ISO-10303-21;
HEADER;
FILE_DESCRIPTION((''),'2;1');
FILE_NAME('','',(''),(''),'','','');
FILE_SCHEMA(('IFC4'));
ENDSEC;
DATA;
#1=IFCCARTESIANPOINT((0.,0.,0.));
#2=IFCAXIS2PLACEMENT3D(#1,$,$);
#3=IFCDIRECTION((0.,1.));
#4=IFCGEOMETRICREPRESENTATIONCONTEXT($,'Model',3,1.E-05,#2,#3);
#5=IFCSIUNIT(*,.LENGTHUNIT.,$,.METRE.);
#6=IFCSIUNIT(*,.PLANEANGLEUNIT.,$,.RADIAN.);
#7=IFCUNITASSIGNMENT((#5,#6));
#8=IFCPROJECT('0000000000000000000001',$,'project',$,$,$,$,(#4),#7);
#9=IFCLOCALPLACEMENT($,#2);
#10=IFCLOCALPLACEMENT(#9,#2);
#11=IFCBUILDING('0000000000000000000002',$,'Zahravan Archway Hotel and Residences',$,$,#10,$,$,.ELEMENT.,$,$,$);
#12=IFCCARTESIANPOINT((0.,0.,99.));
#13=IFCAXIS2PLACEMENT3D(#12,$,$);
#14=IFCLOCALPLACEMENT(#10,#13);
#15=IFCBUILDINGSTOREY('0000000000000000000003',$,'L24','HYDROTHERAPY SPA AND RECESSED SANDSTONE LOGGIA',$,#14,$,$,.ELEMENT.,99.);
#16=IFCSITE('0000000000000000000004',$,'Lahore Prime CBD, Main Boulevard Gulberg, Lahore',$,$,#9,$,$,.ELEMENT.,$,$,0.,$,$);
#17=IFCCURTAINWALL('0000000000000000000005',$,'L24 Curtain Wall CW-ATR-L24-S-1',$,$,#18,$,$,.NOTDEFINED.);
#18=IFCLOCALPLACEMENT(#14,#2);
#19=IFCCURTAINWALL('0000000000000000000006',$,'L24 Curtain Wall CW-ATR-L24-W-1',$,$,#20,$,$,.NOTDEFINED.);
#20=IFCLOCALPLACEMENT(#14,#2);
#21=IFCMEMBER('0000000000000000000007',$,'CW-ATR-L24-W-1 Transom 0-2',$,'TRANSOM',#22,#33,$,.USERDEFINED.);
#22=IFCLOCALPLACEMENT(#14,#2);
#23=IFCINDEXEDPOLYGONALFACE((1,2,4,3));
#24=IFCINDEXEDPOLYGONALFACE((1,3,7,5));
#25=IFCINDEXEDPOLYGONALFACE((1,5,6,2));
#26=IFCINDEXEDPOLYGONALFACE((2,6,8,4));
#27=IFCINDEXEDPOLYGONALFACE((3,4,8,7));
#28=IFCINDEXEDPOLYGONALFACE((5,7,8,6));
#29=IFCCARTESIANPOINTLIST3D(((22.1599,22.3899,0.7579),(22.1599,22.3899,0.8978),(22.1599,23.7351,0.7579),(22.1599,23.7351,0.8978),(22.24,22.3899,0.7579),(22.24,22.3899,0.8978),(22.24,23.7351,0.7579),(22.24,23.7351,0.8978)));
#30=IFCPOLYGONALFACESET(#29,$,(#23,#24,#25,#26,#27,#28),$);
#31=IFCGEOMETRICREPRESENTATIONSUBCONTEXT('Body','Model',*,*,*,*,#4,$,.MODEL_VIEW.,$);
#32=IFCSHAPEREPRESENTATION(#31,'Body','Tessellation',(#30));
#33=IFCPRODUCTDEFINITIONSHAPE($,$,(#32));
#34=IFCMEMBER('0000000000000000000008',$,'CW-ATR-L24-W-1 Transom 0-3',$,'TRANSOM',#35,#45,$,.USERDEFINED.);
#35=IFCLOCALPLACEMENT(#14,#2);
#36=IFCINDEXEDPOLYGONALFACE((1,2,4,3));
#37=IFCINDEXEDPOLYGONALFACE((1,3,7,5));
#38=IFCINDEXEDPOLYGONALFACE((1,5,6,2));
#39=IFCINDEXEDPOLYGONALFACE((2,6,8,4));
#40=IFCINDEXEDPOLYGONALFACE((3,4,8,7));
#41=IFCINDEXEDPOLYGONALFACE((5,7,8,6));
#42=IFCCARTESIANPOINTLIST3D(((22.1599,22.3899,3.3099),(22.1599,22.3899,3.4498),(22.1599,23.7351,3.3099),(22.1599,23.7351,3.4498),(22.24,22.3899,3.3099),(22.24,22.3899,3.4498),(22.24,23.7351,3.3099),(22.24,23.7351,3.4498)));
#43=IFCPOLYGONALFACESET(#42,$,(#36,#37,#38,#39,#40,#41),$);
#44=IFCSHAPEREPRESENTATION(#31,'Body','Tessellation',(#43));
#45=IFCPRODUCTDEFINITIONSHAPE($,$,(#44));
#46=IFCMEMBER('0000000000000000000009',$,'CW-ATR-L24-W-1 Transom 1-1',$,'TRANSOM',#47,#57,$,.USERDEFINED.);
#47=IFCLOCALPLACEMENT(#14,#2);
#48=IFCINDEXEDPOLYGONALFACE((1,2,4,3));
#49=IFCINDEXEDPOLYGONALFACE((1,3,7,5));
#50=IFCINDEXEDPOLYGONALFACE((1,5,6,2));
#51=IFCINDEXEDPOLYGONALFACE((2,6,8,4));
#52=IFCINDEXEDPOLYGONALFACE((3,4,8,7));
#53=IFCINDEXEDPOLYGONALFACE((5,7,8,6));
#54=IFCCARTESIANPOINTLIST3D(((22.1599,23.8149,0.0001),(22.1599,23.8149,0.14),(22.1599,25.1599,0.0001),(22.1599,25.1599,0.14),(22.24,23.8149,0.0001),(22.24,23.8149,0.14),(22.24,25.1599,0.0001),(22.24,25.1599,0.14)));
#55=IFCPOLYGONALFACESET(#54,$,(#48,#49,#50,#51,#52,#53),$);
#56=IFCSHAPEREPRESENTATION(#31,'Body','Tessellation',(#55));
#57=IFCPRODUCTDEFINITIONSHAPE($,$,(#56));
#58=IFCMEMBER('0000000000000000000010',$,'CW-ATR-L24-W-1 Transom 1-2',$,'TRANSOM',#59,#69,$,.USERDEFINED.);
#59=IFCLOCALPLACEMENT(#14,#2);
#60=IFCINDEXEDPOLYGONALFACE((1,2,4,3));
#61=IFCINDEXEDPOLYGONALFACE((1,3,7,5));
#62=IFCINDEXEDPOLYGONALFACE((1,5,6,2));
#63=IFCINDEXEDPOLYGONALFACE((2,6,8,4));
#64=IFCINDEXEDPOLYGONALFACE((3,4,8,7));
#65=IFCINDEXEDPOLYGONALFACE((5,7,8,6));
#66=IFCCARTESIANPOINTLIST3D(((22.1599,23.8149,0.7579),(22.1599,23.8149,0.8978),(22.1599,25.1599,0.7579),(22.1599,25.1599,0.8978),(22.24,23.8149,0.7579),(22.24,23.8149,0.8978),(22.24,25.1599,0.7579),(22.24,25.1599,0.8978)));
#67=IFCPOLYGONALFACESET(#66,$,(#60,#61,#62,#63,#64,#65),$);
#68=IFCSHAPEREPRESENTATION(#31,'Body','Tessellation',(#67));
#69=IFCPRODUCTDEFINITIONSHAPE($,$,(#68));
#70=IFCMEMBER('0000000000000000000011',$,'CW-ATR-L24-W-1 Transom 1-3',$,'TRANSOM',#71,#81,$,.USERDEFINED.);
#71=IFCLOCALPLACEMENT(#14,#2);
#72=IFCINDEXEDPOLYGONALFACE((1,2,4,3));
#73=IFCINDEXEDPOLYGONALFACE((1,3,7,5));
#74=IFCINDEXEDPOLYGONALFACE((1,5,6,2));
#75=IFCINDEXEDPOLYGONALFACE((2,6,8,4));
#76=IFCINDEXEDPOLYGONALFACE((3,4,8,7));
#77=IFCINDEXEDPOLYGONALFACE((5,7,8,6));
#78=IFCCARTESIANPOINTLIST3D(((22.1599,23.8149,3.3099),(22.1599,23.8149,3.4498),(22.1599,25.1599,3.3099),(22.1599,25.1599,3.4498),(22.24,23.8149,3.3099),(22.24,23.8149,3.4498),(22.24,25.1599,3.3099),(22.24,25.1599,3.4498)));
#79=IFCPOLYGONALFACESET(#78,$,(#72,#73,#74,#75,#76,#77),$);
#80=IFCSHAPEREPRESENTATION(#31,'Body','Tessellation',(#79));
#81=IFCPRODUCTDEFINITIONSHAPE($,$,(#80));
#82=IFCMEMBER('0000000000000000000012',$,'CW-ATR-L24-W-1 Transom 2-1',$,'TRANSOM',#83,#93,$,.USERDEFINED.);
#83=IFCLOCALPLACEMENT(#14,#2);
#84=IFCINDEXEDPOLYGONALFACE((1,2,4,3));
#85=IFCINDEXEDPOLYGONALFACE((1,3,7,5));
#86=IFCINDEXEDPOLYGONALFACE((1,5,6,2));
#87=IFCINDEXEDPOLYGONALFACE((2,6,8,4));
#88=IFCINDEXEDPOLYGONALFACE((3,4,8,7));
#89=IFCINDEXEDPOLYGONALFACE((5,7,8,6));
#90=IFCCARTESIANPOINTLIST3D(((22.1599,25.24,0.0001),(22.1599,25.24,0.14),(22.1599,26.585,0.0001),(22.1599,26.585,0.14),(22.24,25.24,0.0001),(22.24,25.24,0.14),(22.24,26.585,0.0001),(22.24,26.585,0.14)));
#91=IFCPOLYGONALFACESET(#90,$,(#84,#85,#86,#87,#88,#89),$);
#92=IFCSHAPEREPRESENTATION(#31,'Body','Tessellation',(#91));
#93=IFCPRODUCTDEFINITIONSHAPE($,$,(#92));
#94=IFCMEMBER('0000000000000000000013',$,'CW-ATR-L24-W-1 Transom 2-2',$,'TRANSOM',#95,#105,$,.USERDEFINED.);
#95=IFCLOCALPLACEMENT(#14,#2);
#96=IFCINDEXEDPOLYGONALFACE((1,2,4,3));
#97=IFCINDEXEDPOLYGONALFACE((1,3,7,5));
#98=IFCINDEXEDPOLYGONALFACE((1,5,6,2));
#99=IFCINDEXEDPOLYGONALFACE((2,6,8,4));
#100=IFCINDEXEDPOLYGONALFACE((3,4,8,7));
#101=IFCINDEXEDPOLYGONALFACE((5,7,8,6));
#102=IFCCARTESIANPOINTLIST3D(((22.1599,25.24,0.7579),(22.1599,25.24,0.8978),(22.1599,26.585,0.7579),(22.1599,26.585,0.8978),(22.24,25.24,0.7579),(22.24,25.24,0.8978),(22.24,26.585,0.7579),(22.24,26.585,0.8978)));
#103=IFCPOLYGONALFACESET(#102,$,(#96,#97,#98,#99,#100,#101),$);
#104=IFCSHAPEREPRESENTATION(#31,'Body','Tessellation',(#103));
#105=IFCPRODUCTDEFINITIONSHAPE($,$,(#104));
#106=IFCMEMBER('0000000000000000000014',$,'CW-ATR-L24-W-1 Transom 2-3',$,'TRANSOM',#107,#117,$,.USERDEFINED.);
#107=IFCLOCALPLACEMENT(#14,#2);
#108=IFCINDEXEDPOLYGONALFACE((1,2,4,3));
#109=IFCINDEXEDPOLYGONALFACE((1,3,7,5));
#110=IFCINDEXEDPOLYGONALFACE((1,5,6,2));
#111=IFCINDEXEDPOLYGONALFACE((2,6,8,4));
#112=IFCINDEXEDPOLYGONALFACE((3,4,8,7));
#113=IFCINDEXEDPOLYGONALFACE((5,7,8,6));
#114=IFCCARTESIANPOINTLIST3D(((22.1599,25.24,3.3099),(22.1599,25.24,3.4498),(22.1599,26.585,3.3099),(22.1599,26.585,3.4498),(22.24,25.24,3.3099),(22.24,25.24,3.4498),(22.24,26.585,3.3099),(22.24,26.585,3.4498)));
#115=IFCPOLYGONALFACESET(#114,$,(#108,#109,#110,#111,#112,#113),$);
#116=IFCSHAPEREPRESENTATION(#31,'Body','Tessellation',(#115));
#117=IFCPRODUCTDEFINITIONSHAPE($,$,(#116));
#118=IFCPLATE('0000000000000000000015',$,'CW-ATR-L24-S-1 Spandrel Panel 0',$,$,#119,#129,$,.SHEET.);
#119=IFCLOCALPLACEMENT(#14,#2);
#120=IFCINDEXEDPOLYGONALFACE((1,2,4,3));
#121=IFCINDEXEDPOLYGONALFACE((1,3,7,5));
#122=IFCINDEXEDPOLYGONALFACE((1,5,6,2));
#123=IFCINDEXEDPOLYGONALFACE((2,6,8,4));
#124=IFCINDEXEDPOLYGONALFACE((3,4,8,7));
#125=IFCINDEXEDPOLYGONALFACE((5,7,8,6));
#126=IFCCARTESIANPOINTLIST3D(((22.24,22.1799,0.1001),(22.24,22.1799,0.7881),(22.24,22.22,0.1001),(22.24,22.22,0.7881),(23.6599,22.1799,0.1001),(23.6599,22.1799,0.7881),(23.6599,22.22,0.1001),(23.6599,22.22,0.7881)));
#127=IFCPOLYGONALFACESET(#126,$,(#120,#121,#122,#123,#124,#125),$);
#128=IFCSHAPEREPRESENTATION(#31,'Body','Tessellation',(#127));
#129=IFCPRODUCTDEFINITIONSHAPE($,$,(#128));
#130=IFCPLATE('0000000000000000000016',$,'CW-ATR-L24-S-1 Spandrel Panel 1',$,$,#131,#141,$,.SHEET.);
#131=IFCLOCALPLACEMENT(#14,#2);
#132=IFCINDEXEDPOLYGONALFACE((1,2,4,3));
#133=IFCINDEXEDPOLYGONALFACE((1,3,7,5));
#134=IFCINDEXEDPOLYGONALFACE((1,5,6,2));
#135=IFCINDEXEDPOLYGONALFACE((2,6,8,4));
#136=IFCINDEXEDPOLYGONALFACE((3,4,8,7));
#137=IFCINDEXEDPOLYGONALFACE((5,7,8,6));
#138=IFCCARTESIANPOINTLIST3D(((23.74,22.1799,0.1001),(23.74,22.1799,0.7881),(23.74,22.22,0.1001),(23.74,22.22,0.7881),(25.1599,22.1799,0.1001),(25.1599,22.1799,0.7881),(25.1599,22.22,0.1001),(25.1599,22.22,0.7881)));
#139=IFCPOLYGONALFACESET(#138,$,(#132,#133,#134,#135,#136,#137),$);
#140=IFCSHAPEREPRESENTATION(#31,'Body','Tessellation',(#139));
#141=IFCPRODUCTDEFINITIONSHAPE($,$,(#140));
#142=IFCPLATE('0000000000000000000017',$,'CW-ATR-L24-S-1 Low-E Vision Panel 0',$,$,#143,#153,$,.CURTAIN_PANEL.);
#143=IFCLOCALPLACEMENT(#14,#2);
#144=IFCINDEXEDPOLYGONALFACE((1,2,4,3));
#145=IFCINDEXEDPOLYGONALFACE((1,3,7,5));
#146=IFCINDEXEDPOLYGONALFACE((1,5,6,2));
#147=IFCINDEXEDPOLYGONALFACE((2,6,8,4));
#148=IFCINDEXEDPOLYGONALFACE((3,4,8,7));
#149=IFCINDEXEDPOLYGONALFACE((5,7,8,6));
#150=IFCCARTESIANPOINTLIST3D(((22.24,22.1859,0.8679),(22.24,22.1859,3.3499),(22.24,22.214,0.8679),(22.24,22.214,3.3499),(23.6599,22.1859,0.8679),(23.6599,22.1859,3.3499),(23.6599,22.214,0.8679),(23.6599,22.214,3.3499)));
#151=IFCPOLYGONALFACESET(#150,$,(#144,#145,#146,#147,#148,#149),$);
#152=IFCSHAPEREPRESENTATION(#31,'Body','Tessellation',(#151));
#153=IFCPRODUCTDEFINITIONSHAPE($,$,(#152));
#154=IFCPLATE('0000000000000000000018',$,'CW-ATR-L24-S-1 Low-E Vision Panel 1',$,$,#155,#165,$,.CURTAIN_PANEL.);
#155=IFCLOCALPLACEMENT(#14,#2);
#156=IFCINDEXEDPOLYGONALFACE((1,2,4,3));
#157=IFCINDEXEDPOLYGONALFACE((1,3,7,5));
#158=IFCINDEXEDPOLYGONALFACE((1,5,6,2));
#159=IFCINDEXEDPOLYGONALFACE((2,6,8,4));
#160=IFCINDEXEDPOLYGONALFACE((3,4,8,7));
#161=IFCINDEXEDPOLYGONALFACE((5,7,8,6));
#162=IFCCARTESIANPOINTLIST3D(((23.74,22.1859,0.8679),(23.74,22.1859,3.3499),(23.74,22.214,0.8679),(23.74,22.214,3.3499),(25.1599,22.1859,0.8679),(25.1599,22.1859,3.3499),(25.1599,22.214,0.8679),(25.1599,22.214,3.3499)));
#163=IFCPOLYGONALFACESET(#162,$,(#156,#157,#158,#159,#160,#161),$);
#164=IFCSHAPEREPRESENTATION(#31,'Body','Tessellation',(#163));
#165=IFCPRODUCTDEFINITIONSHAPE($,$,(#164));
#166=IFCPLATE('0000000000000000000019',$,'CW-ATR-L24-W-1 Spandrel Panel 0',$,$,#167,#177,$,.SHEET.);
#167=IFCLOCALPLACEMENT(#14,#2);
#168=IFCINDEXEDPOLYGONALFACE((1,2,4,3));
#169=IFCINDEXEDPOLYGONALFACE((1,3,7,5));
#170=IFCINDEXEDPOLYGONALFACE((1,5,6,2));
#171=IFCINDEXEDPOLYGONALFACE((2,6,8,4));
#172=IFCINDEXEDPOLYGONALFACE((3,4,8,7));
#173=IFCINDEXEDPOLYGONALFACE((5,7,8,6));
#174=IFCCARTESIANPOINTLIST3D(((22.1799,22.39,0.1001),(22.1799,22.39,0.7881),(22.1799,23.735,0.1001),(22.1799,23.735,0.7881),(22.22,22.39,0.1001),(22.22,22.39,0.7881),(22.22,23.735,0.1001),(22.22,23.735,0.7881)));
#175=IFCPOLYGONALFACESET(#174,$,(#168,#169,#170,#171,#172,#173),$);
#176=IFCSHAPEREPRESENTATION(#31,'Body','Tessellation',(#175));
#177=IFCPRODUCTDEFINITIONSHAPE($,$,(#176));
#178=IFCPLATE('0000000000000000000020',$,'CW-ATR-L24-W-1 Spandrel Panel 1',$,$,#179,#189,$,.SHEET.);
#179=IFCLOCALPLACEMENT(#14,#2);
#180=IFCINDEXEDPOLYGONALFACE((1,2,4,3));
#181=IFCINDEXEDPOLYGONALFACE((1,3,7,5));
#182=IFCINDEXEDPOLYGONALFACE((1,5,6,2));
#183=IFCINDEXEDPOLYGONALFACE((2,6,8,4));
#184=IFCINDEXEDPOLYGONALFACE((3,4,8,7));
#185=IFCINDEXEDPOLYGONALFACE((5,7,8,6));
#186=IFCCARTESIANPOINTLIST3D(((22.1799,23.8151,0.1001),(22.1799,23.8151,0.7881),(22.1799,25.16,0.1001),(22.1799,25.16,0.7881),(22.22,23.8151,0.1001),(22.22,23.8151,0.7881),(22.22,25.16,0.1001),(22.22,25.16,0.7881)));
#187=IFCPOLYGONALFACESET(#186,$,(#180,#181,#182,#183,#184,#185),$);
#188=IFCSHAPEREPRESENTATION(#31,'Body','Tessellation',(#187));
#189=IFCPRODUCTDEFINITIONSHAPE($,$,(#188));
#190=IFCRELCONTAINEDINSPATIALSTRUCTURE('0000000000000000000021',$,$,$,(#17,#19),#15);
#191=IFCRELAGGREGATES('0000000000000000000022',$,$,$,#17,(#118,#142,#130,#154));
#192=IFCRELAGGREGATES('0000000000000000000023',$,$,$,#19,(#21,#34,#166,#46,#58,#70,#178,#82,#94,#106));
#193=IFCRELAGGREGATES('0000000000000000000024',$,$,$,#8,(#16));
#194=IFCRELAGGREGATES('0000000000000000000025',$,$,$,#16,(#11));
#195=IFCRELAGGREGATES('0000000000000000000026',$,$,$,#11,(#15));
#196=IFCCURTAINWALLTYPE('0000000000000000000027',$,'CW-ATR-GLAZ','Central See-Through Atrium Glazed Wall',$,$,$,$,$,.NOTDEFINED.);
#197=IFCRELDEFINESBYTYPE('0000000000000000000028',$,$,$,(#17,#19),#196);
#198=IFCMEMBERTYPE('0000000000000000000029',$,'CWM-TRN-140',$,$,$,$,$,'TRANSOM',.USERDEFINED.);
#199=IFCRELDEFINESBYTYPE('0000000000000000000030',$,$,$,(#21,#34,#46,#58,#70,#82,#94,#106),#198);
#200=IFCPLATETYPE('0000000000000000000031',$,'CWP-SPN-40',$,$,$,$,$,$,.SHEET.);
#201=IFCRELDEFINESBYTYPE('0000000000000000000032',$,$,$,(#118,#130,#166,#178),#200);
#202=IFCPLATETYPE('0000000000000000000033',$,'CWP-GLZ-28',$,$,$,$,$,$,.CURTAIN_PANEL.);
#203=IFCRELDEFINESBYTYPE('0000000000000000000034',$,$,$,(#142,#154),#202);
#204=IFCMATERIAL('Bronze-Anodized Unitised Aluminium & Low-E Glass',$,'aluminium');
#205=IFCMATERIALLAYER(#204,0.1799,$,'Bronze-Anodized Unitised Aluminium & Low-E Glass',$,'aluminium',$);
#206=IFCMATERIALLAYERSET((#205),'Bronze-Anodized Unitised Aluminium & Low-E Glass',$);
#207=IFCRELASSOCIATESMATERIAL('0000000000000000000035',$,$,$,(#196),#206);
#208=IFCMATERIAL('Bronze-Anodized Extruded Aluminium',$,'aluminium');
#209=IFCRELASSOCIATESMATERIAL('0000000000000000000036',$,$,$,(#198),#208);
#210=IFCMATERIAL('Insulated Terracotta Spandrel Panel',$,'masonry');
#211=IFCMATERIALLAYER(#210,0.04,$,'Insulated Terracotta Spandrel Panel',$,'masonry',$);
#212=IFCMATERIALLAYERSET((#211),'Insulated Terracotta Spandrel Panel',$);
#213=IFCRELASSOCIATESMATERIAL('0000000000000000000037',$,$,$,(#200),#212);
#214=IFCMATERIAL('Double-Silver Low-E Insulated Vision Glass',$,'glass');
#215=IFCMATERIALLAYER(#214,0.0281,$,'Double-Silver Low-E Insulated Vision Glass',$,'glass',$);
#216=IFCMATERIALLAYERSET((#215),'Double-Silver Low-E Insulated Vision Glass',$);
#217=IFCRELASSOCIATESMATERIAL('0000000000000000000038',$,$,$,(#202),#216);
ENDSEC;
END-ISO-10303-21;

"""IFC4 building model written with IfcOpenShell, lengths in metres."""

from ifc_helpers import new_model, si_unit, direction, frame, origin, origin_2d, place, context, subcontext, project, spatial, rectangle, extrude, source, transform, mapped, material, layer, layer_set, material_profile, profile_set, type_object, element, aggregate, save


model = new_model("IFC4")

# Units and contexts
model_context = context("Model", 3, precision=1e-05, world=origin(), true_north=direction((0.0, 1.0)))
body_context = subcontext(model_context, "Body", "Model", "MODEL_VIEW")
ifc_project = project(units=[si_unit("LENGTHUNIT", "METRE"), si_unit("PLANEANGLEUNIT", "RADIAN")], contexts=[model_context])

# Site, building, storey
site_placement = place(None, origin())
site = spatial("IfcSite", under=ifc_project, at=site_placement, Name="Lahore Prime CBD, Main Boulevard Gulberg, Lahore", CompositionType="ELEMENT", RefElevation=0.0)
building_placement = place(site_placement, origin())
building = spatial("IfcBuilding", under=site, at=building_placement, Name="Zahravan Archway Hotel and Residences", CompositionType="ELEMENT")
storey_placement = place(building_placement, frame((0.0, 0.0, 99.0)))
storey = spatial("IfcBuildingStorey", under=building, at=storey_placement, Name="L24", Description="HYDROTHERAPY SPA AND RECESSED SANDSTONE LOGGIA", CompositionType="ELEMENT", Elevation=99.0)

# Curtain walls
ifc_material_1 = material(Name="Bronze-Anodized Unitised Aluminium & Low-E Glass", Category="aluminium")
ifc_layer_1 = layer(ifc_material_1, 0.1799, Name="Bronze-Anodized Unitised Aluminium & Low-E Glass", Category="aluminium")
ifc_layer_set_1 = layer_set([ifc_layer_1], Name="Bronze-Anodized Unitised Aluminium & Low-E Glass")
curtain_wall_type = type_object("IfcCurtainWallType", Name="CW-ATR-GLAZ", Description="Central See-Through Atrium Glazed Wall", PredefinedType="NOTDEFINED", material=ifc_layer_set_1)
curtain_wall_1_placement = place(storey_placement, origin())
curtain_wall_1 = element("IfcCurtainWall", 1, at=curtain_wall_1_placement, inside=storey, type_object=curtain_wall_type, Name="L24 Curtain Wall CW-ATR-L24-S-1", PredefinedType="NOTDEFINED")
ifc_material_2 = material(Name="Bronze-Anodized Extruded Aluminium", Category="aluminium")
curtain_wall_2_placement = place(storey_placement, origin())
curtain_wall_2 = element("IfcCurtainWall", 2, at=curtain_wall_2_placement, inside=storey, type_object=curtain_wall_type, Name="L24 Curtain Wall CW-ATR-L24-W-1", PredefinedType="NOTDEFINED")

# Members
ifc_material_profile_1 = material_profile(ifc_material_2, rectangle(XDim=0.0801, YDim=0.1399, at=origin_2d()), Name="TRN 80x140", Category="aluminium")
ifc_profile_set_1 = profile_set([ifc_material_profile_1], Name="Bronze-Anodized Extruded Aluminium")
member_type_1 = type_object("IfcMemberType", Name="CWM-TRN-140", ElementType="TRANSOM", PredefinedType="USERDEFINED", material=ifc_profile_set_1)
shared_shape_1 = source(origin(), body_context, "Body", "SweptSolid", [
    extrude(rectangle(XDim=0.0801, YDim=0.1399, at=origin_2d()), origin(), (0.0, 0.0, 1.0), 1.3452),
])
member_1_placement = place(storey_placement, frame((22.2, 22.3899, 0.8279), z_axis=(0.0, 1.0, 0.0), x_axis=(-1.0, 0.0, 0.0)))
member_1 = element("IfcMember", 3, at=member_1_placement, type_object=member_type_1, Name="CW-ATR-L24-W-1 Transom 0-2", ObjectType="TRANSOM", PredefinedType="USERDEFINED", context=body_context, shape_type="MappedRepresentation", body=[
    mapped(shared_shape_1, transform((0.0, 0.0, 0.0), scale=1.0)),
])
member_2_placement = place(storey_placement, frame((22.2, 22.3899, 3.3799), z_axis=(0.0, 1.0, 0.0), x_axis=(-1.0, 0.0, 0.0)))
member_2 = element("IfcMember", 4, at=member_2_placement, type_object=member_type_1, Name="CW-ATR-L24-W-1 Transom 0-3", ObjectType="TRANSOM", PredefinedType="USERDEFINED", context=body_context, shape_type="MappedRepresentation", body=[
    mapped(shared_shape_1, transform((0.0, 0.0, 0.0), scale=1.0)),
])
shared_shape_2 = source(origin(), body_context, "Body", "SweptSolid", [
    extrude(rectangle(XDim=0.0801, YDim=0.1399, at=origin_2d()), origin(), (0.0, 0.0, 1.0), 1.345),
])
member_3_placement = place(storey_placement, frame((22.2, 23.8149, 0.0701), z_axis=(0.0, 1.0, 0.0), x_axis=(-1.0, 0.0, 0.0)))
member_3 = element("IfcMember", 5, at=member_3_placement, type_object=member_type_1, Name="CW-ATR-L24-W-1 Transom 1-1", ObjectType="TRANSOM", PredefinedType="USERDEFINED", context=body_context, shape_type="MappedRepresentation", body=[
    mapped(shared_shape_2, transform((0.0, 0.0, 0.0), scale=1.0)),
])
member_4_placement = place(storey_placement, frame((22.2, 23.8149, 0.8279), z_axis=(0.0, 1.0, 0.0), x_axis=(-1.0, 0.0, 0.0)))
member_4 = element("IfcMember", 6, at=member_4_placement, type_object=member_type_1, Name="CW-ATR-L24-W-1 Transom 1-2", ObjectType="TRANSOM", PredefinedType="USERDEFINED", context=body_context, shape_type="MappedRepresentation", body=[
    mapped(shared_shape_2, transform((0.0, 0.0, 0.0), scale=1.0)),
])
member_5_placement = place(storey_placement, frame((22.2, 23.8149, 3.3799), z_axis=(0.0, 1.0, 0.0), x_axis=(-1.0, 0.0, 0.0)))
member_5 = element("IfcMember", 7, at=member_5_placement, type_object=member_type_1, Name="CW-ATR-L24-W-1 Transom 1-3", ObjectType="TRANSOM", PredefinedType="USERDEFINED", context=body_context, shape_type="MappedRepresentation", body=[
    mapped(shared_shape_2, transform((0.0, 0.0, 0.0), scale=1.0)),
])
member_6_placement = place(storey_placement, frame((22.2, 25.24, 0.0701), z_axis=(0.0, 1.0, 0.0), x_axis=(-1.0, 0.0, 0.0)))
member_6 = element("IfcMember", 8, at=member_6_placement, type_object=member_type_1, Name="CW-ATR-L24-W-1 Transom 2-1", ObjectType="TRANSOM", PredefinedType="USERDEFINED", context=body_context, shape_type="MappedRepresentation", body=[
    mapped(shared_shape_2, transform((0.0, 0.0, 0.0), scale=1.0)),
])
member_7_placement = place(storey_placement, frame((22.2, 25.24, 0.8279), z_axis=(0.0, 1.0, 0.0), x_axis=(-1.0, 0.0, 0.0)))
member_7 = element("IfcMember", 9, at=member_7_placement, type_object=member_type_1, Name="CW-ATR-L24-W-1 Transom 2-2", ObjectType="TRANSOM", PredefinedType="USERDEFINED", context=body_context, shape_type="MappedRepresentation", body=[
    mapped(shared_shape_2, transform((0.0, 0.0, 0.0), scale=1.0)),
])
member_8_placement = place(storey_placement, frame((22.2, 25.24, 3.3799), z_axis=(0.0, 1.0, 0.0), x_axis=(-1.0, 0.0, 0.0)))
member_8 = element("IfcMember", 10, at=member_8_placement, type_object=member_type_1, Name="CW-ATR-L24-W-1 Transom 2-3", ObjectType="TRANSOM", PredefinedType="USERDEFINED", context=body_context, shape_type="MappedRepresentation", body=[
    mapped(shared_shape_2, transform((0.0, 0.0, 0.0), scale=1.0)),
])

# Plates
ifc_material_3 = material(Name="Insulated Terracotta Spandrel Panel", Category="masonry")
ifc_layer_2 = layer(ifc_material_3, 0.04, Name="Insulated Terracotta Spandrel Panel", Category="masonry")
ifc_layer_set_2 = layer_set([ifc_layer_2], Name="Insulated Terracotta Spandrel Panel")
plate_type_1 = type_object("IfcPlateType", Name="CWP-SPN-40", PredefinedType="SHEET", material=ifc_layer_set_2)
shared_shape_3 = source(origin(), body_context, "Body", "SweptSolid", [
    extrude(rectangle(XDim=1.4199, YDim=0.04, at=origin_2d()), origin(), (0.0, 0.0, 1.0), 0.688),
])
plate_1_placement = place(storey_placement, frame((22.95, 22.2, 0.1001), z_axis=(0.0, 0.0, 1.0), x_axis=(1.0, 0.0, 0.0)))
plate_1 = element("IfcPlate", 11, at=plate_1_placement, type_object=plate_type_1, Name="CW-ATR-L24-S-1 Spandrel Panel 0", PredefinedType="SHEET", context=body_context, shape_type="MappedRepresentation", body=[
    mapped(shared_shape_3, transform((0.0, 0.0, 0.0), scale=1.0)),
])
plate_2_placement = place(storey_placement, frame((24.45, 22.2, 0.1001), z_axis=(0.0, 0.0, 1.0), x_axis=(1.0, 0.0, 0.0)))
plate_2 = element("IfcPlate", 12, at=plate_2_placement, type_object=plate_type_1, Name="CW-ATR-L24-S-1 Spandrel Panel 1", PredefinedType="SHEET", context=body_context, shape_type="MappedRepresentation", body=[
    mapped(shared_shape_3, transform((0.0, 0.0, 0.0), scale=1.0)),
])
ifc_material_4 = material(Name="Double-Silver Low-E Insulated Vision Glass", Category="glass")
ifc_layer_3 = layer(ifc_material_4, 0.0281, Name="Double-Silver Low-E Insulated Vision Glass", Category="glass")
ifc_layer_set_3 = layer_set([ifc_layer_3], Name="Double-Silver Low-E Insulated Vision Glass")
plate_type_2 = type_object("IfcPlateType", Name="CWP-GLZ-28", PredefinedType="CURTAIN_PANEL", material=ifc_layer_set_3)
shared_shape_4 = source(origin(), body_context, "Body", "SweptSolid", [
    extrude(rectangle(XDim=1.4199, YDim=0.0281, at=origin_2d()), origin(), (0.0, 0.0, 1.0), 2.4819),
])
plate_3_placement = place(storey_placement, frame((22.95, 22.2, 0.8679), z_axis=(0.0, 0.0, 1.0), x_axis=(1.0, 0.0, 0.0)))
plate_3 = element("IfcPlate", 13, at=plate_3_placement, type_object=plate_type_2, Name="CW-ATR-L24-S-1 Low-E Vision Panel 0", PredefinedType="CURTAIN_PANEL", context=body_context, shape_type="MappedRepresentation", body=[
    mapped(shared_shape_4, transform((0.0, 0.0, 0.0), scale=1.0)),
])
plate_4_placement = place(storey_placement, frame((24.45, 22.2, 0.8679), z_axis=(0.0, 0.0, 1.0), x_axis=(1.0, 0.0, 0.0)))
plate_4 = element("IfcPlate", 14, at=plate_4_placement, type_object=plate_type_2, Name="CW-ATR-L24-S-1 Low-E Vision Panel 1", PredefinedType="CURTAIN_PANEL", context=body_context, shape_type="MappedRepresentation", body=[
    mapped(shared_shape_4, transform((0.0, 0.0, 0.0), scale=1.0)),
])
aggregate(curtain_wall_1, [plate_1, plate_3, plate_2, plate_4])
shared_shape_5 = source(origin(), body_context, "Body", "SweptSolid", [
    extrude(rectangle(XDim=1.345, YDim=0.04, at=origin_2d()), origin(), (0.0, 0.0, 1.0), 0.688),
])
plate_5_placement = place(storey_placement, frame((22.2, 23.0625, 0.1001), z_axis=(0.0, 0.0, 1.0), x_axis=(0.0, 1.0, 0.0)))
plate_5 = element("IfcPlate", 15, at=plate_5_placement, type_object=plate_type_1, Name="CW-ATR-L24-W-1 Spandrel Panel 0", PredefinedType="SHEET", context=body_context, shape_type="MappedRepresentation", body=[
    mapped(shared_shape_5, transform((0.0, 0.0, 0.0), scale=1.0)),
])
plate_6_placement = place(storey_placement, frame((22.2, 24.4875, 0.1001), z_axis=(0.0, 0.0, 1.0), x_axis=(0.0, 1.0, 0.0)))
plate_6 = element("IfcPlate", 16, at=plate_6_placement, type_object=plate_type_1, Name="CW-ATR-L24-W-1 Spandrel Panel 1", PredefinedType="SHEET", context=body_context, shape_type="MappedRepresentation", body=[
    mapped(shared_shape_5, transform((0.0, 0.0, 0.0), scale=1.0)),
])
aggregate(curtain_wall_2, [member_1, member_2, plate_5, member_3, member_4, member_5, plate_6, member_6, member_7, member_8])

save(model, "model.ifc")
